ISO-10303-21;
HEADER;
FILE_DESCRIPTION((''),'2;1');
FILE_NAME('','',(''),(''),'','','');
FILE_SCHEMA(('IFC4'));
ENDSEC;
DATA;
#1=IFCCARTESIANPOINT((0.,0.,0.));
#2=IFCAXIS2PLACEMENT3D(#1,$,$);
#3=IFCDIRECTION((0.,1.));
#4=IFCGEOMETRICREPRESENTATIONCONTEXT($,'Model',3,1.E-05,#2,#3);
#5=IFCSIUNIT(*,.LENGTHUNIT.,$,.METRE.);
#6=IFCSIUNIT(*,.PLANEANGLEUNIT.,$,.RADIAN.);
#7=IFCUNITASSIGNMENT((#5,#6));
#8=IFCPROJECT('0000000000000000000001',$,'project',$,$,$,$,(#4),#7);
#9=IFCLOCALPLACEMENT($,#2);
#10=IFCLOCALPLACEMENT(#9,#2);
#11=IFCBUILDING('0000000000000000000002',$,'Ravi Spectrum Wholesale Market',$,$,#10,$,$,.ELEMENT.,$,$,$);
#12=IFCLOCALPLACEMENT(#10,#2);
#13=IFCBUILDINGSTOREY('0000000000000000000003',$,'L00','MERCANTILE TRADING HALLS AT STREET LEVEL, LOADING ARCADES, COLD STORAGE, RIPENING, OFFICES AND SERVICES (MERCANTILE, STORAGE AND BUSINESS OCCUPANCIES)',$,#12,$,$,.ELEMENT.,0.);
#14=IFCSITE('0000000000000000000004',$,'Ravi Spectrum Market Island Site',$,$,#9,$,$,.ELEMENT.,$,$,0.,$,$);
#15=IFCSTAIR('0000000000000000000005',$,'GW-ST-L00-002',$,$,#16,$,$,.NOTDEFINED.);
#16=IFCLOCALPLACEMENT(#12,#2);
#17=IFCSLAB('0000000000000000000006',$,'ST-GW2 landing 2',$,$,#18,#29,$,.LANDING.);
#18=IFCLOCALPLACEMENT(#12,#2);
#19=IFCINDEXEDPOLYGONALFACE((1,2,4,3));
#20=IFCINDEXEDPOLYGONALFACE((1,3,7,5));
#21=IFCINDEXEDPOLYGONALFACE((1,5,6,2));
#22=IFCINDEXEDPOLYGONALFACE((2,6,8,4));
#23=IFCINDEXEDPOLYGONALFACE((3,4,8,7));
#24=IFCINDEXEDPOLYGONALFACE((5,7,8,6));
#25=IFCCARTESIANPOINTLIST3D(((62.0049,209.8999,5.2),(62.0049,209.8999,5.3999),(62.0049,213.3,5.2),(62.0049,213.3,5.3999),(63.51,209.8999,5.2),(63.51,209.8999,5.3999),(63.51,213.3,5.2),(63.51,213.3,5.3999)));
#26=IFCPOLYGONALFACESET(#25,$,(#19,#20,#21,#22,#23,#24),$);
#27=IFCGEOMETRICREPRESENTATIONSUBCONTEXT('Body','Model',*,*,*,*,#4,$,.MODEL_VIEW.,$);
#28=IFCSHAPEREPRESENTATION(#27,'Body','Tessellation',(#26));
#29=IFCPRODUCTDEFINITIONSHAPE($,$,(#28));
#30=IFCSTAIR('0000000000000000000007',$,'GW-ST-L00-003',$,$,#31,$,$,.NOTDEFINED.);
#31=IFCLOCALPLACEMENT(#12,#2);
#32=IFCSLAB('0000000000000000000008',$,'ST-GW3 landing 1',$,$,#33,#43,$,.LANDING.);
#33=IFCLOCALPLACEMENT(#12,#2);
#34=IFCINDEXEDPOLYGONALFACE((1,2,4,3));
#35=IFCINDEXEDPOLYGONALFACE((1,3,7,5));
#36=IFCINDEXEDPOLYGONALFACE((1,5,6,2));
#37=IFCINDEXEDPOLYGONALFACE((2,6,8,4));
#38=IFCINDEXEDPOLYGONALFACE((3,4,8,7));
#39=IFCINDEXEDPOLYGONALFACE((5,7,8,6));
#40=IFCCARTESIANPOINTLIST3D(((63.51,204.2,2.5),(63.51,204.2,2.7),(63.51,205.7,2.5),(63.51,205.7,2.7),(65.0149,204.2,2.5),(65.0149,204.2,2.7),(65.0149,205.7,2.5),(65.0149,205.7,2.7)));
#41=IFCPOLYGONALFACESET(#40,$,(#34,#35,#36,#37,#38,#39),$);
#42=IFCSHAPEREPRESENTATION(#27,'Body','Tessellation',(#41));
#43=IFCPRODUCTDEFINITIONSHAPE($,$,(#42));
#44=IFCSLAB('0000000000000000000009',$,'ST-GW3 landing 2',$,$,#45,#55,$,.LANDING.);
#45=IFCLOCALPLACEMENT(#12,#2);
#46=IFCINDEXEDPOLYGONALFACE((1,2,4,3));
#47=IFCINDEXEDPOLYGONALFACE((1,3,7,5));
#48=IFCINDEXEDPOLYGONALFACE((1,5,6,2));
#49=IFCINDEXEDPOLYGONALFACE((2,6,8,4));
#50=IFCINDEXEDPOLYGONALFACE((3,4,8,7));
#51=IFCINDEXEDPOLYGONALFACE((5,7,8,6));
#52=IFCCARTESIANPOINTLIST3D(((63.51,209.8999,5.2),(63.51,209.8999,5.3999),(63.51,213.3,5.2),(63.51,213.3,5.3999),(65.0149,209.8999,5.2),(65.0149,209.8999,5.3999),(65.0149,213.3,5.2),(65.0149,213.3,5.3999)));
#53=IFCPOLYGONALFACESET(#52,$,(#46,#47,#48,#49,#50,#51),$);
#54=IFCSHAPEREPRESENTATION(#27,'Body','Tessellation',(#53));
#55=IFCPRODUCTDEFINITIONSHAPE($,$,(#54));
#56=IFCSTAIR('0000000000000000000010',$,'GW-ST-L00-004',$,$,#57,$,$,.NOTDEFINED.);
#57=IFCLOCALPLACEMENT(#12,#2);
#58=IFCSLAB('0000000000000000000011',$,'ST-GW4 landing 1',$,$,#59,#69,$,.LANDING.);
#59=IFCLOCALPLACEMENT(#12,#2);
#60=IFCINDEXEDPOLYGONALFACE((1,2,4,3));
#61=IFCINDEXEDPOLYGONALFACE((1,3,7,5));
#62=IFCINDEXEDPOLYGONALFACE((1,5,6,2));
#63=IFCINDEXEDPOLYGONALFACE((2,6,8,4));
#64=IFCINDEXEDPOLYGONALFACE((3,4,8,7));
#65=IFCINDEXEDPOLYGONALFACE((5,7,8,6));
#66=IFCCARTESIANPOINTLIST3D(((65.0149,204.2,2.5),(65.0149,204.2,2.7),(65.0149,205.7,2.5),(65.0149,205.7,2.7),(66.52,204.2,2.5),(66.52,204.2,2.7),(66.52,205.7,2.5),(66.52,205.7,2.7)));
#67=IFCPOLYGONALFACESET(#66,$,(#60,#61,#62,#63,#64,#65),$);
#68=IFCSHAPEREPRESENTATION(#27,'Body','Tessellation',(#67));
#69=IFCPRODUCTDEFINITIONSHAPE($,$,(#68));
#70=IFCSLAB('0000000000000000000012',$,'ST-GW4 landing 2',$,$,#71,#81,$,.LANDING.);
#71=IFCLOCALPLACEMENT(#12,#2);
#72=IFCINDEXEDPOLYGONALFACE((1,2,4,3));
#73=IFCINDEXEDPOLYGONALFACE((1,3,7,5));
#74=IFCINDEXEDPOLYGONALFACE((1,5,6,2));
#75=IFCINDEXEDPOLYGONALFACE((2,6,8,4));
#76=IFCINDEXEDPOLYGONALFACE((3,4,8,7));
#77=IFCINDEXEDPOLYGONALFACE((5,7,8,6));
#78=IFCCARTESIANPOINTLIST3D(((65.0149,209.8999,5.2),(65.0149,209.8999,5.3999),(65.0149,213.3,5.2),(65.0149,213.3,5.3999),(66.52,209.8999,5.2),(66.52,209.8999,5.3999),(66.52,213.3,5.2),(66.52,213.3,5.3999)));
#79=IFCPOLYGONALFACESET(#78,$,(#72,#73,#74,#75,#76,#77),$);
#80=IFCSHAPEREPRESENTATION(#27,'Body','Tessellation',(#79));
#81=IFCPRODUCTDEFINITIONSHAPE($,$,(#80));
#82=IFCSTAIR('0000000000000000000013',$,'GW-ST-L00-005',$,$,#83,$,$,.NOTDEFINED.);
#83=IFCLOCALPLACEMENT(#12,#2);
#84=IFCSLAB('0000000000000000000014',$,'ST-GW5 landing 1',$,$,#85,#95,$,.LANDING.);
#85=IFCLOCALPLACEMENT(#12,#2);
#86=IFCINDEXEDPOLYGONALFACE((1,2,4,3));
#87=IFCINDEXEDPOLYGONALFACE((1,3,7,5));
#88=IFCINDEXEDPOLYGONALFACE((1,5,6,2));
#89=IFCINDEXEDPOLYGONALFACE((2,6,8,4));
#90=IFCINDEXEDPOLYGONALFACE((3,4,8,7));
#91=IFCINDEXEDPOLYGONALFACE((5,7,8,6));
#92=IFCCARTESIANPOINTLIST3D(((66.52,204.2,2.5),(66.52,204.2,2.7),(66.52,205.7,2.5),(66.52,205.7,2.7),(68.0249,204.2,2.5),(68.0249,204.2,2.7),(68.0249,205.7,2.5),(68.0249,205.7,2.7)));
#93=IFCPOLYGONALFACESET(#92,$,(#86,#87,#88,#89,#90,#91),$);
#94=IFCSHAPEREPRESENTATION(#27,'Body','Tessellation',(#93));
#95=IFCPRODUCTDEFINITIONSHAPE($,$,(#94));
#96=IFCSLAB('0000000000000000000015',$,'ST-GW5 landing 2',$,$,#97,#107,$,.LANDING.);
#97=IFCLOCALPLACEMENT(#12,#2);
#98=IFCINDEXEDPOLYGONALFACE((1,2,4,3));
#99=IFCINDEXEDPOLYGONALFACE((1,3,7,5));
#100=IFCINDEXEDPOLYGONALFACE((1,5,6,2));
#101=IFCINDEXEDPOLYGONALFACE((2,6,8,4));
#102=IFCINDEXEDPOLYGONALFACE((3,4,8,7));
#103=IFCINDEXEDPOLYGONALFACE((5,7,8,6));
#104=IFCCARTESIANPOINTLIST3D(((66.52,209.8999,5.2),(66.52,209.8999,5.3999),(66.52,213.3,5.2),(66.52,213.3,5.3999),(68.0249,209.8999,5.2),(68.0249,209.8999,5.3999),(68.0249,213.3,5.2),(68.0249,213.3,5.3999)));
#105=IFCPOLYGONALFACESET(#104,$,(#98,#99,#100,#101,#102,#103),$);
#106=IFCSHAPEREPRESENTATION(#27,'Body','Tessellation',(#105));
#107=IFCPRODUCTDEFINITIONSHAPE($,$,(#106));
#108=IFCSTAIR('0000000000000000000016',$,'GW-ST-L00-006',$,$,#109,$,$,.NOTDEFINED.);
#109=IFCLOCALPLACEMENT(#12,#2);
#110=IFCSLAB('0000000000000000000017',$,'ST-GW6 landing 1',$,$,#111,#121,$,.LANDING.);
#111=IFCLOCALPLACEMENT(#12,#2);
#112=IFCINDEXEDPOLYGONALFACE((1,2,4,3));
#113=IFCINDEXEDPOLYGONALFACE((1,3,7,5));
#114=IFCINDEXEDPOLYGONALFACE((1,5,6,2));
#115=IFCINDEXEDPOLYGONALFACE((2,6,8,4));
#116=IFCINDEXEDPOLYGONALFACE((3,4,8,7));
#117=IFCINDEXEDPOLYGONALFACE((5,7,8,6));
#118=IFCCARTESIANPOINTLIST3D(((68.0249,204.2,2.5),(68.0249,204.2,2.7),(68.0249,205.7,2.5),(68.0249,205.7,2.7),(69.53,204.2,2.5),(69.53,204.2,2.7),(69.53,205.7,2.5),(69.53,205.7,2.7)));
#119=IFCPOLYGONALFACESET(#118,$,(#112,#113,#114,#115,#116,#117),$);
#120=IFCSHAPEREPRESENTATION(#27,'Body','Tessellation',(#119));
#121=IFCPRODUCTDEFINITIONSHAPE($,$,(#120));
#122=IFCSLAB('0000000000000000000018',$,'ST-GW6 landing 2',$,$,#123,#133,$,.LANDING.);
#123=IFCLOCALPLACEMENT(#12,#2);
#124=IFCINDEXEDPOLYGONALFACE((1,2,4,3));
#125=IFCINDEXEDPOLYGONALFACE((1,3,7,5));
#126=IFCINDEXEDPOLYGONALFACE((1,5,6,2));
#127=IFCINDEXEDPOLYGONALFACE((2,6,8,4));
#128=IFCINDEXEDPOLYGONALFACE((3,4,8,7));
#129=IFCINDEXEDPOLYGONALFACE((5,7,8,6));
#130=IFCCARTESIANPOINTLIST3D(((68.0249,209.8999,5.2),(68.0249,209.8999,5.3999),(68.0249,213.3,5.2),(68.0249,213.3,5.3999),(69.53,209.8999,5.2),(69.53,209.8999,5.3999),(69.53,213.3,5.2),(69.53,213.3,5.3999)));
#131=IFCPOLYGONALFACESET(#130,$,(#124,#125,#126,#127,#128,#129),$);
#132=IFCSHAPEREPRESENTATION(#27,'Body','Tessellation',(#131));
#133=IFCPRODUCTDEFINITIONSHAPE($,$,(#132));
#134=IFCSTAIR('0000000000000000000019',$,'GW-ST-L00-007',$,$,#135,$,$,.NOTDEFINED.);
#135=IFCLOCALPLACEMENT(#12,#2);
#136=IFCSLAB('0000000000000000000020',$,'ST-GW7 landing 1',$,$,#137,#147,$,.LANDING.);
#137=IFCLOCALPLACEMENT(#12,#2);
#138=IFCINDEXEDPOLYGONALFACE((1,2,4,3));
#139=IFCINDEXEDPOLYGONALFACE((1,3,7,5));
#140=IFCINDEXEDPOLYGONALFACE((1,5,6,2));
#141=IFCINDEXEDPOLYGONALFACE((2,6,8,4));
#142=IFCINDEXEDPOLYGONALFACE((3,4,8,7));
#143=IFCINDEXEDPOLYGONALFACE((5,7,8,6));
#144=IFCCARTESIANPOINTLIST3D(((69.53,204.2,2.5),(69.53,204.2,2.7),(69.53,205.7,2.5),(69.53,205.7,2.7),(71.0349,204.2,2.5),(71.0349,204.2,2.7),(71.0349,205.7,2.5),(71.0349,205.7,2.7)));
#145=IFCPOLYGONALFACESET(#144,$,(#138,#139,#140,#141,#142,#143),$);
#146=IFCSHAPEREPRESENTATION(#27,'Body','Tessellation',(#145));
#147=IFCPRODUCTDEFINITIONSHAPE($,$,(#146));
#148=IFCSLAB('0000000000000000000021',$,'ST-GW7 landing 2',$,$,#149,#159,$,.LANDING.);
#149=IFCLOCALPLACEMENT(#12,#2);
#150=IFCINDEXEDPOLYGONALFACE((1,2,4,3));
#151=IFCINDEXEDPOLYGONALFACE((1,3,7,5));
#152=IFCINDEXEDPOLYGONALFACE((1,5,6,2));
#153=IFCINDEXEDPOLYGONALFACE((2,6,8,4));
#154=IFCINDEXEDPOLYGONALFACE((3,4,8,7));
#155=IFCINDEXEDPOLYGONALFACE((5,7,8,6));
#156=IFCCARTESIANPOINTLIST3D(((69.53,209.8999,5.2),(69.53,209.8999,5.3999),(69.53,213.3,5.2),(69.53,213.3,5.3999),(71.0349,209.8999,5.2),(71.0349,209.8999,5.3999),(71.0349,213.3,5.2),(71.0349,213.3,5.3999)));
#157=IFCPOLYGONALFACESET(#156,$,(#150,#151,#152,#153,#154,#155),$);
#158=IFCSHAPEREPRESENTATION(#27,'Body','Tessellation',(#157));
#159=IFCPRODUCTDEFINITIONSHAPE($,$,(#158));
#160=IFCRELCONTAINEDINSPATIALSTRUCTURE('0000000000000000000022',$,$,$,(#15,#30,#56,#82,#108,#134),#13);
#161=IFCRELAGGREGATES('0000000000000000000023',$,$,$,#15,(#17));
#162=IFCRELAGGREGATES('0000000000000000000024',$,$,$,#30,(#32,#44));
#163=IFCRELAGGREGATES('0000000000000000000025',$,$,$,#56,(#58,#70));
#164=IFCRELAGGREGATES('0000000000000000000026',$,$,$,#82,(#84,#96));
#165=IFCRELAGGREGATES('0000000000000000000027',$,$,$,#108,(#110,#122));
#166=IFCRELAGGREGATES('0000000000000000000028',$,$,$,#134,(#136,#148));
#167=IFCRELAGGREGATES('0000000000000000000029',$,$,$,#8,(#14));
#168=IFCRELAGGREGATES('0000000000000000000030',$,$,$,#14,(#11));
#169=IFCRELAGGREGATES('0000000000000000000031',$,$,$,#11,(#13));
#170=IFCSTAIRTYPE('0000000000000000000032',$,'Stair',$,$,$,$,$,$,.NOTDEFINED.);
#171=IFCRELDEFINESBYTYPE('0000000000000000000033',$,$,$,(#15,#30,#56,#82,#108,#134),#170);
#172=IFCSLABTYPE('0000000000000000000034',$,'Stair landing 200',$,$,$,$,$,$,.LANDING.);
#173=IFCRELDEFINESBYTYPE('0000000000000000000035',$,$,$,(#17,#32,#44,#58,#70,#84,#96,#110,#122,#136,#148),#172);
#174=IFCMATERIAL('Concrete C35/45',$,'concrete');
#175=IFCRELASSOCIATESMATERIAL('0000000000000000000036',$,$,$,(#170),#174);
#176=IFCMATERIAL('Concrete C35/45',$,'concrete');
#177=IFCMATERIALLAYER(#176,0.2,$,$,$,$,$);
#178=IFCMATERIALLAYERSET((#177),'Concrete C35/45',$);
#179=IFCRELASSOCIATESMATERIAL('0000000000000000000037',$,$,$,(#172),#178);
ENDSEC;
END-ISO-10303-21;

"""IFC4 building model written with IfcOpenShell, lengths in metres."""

from ifc_helpers import new_model, si_unit, direction, frame, origin, place, context, subcontext, project, spatial, polyline, outline, extrude, material, layer, layer_set, type_object, element, aggregate, save


model = new_model("IFC4")

# Units and contexts
model_context = context("Model", 3, precision=1e-05, world=origin(), true_north=direction((0.0, 1.0)))
body_context = subcontext(model_context, "Body", "Model", "MODEL_VIEW")
ifc_project = project(units=[si_unit("LENGTHUNIT", "METRE"), si_unit("PLANEANGLEUNIT", "RADIAN")], contexts=[model_context])

# Site, building, storey
site_placement = place(None, origin())
site = spatial("IfcSite", under=ifc_project, at=site_placement, Name="Ravi Spectrum Market Island Site", CompositionType="ELEMENT", RefElevation=0.0)
building_placement = place(site_placement, origin())
building = spatial("IfcBuilding", under=site, at=building_placement, Name="Ravi Spectrum Wholesale Market", CompositionType="ELEMENT")
storey_placement = place(building_placement, origin())
storey = spatial("IfcBuildingStorey", under=building, at=storey_placement, Name="L00", Description="MERCANTILE TRADING HALLS AT STREET LEVEL, LOADING ARCADES, COLD STORAGE, RIPENING, OFFICES AND SERVICES (MERCANTILE, STORAGE AND BUSINESS OCCUPANCIES)", CompositionType="ELEMENT", Elevation=0.0)

# Stairs, slabs
ifc_material_1 = material(Name="Concrete C35/45", Category="concrete")
stair_type = type_object("IfcStairType", Name="Stair", PredefinedType="NOTDEFINED", material=ifc_material_1)
ifc_material_2 = material(Name="Concrete C35/45", Category="concrete")
ifc_layer_1 = layer(ifc_material_2, 0.2)
ifc_layer_set_1 = layer_set([ifc_layer_1], Name="Concrete C35/45")
slab_type_1 = type_object("IfcSlabType", Name="Stair landing 200", PredefinedType="LANDING", material=ifc_layer_set_1)
stair_1_placement = place(storey_placement, origin())
stair_1 = element("IfcStair", 1, at=stair_1_placement, inside=storey, type_object=stair_type, Name="GW-ST-L00-002", PredefinedType="NOTDEFINED")
slab_1_placement = place(storey_placement, frame((0.0, 0.0, 5.2)))
slab_1 = element("IfcSlab", 2, at=slab_1_placement, type_object=slab_type_1, Name="ST-GW2 landing 2", PredefinedType="LANDING", context=body_context, shape_type="SweptSolid", body=[
    extrude(outline(polyline([(62.0049, 209.8999), (63.51, 209.8999), (63.51, 213.3), (62.0049, 213.3), (62.0049, 209.8999)])), origin(), (0.0, 0.0, 1.0), 0.2),
])
aggregate(stair_1, [slab_1])
stair_2_placement = place(storey_placement, origin())
stair_2 = element("IfcStair", 3, at=stair_2_placement, inside=storey, type_object=stair_type, Name="GW-ST-L00-003", PredefinedType="NOTDEFINED")
slab_2_placement = place(storey_placement, frame((0.0, 0.0, 2.5)))
slab_2 = element("IfcSlab", 4, at=slab_2_placement, type_object=slab_type_1, Name="ST-GW3 landing 1", PredefinedType="LANDING", context=body_context, shape_type="SweptSolid", body=[
    extrude(outline(polyline([(63.51, 204.2), (65.0149, 204.2), (65.0149, 205.7), (63.51, 205.7), (63.51, 204.2)])), origin(), (0.0, 0.0, 1.0), 0.2),
])
slab_3_placement = place(storey_placement, frame((0.0, 0.0, 5.2)))
slab_3 = element("IfcSlab", 5, at=slab_3_placement, type_object=slab_type_1, Name="ST-GW3 landing 2", PredefinedType="LANDING", context=body_context, shape_type="SweptSolid", body=[
    extrude(outline(polyline([(63.51, 209.8999), (65.0149, 209.8999), (65.0149, 213.3), (63.51, 213.3), (63.51, 209.8999)])), origin(), (0.0, 0.0, 1.0), 0.2),
])
aggregate(stair_2, [slab_2, slab_3])
stair_3_placement = place(storey_placement, origin())
stair_3 = element("IfcStair", 6, at=stair_3_placement, inside=storey, type_object=stair_type, Name="GW-ST-L00-004", PredefinedType="NOTDEFINED")
slab_4_placement = place(storey_placement, frame((0.0, 0.0, 2.5)))
slab_4 = element("IfcSlab", 7, at=slab_4_placement, type_object=slab_type_1, Name="ST-GW4 landing 1", PredefinedType="LANDING", context=body_context, shape_type="SweptSolid", body=[
    extrude(outline(polyline([(65.0149, 204.2), (66.52, 204.2), (66.52, 205.7), (65.0149, 205.7), (65.0149, 204.2)])), origin(), (0.0, 0.0, 1.0), 0.2),
])
slab_5_placement = place(storey_placement, frame((0.0, 0.0, 5.2)))
slab_5 = element("IfcSlab", 8, at=slab_5_placement, type_object=slab_type_1, Name="ST-GW4 landing 2", PredefinedType="LANDING", context=body_context, shape_type="SweptSolid", body=[
    extrude(outline(polyline([(65.0149, 209.8999), (66.52, 209.8999), (66.52, 213.3), (65.0149, 213.3), (65.0149, 209.8999)])), origin(), (0.0, 0.0, 1.0), 0.2),
])
aggregate(stair_3, [slab_4, slab_5])
stair_4_placement = place(storey_placement, origin())
stair_4 = element("IfcStair", 9, at=stair_4_placement, inside=storey, type_object=stair_type, Name="GW-ST-L00-005", PredefinedType="NOTDEFINED")
slab_6_placement = place(storey_placement, frame((0.0, 0.0, 2.5)))
slab_6 = element("IfcSlab", 10, at=slab_6_placement, type_object=slab_type_1, Name="ST-GW5 landing 1", PredefinedType="LANDING", context=body_context, shape_type="SweptSolid", body=[
    extrude(outline(polyline([(66.52, 204.2), (68.0249, 204.2), (68.0249, 205.7), (66.52, 205.7), (66.52, 204.2)])), origin(), (0.0, 0.0, 1.0), 0.2),
])
slab_7_placement = place(storey_placement, frame((0.0, 0.0, 5.2)))
slab_7 = element("IfcSlab", 11, at=slab_7_placement, type_object=slab_type_1, Name="ST-GW5 landing 2", PredefinedType="LANDING", context=body_context, shape_type="SweptSolid", body=[
    extrude(outline(polyline([(66.52, 209.8999), (68.0249, 209.8999), (68.0249, 213.3), (66.52, 213.3), (66.52, 209.8999)])), origin(), (0.0, 0.0, 1.0), 0.2),
])
aggregate(stair_4, [slab_6, slab_7])
stair_5_placement = place(storey_placement, origin())
stair_5 = element("IfcStair", 12, at=stair_5_placement, inside=storey, type_object=stair_type, Name="GW-ST-L00-006", PredefinedType="NOTDEFINED")
slab_8_placement = place(storey_placement, frame((0.0, 0.0, 2.5)))
slab_8 = element("IfcSlab", 13, at=slab_8_placement, type_object=slab_type_1, Name="ST-GW6 landing 1", PredefinedType="LANDING", context=body_context, shape_type="SweptSolid", body=[
    extrude(outline(polyline([(68.0249, 204.2), (69.53, 204.2), (69.53, 205.7), (68.0249, 205.7), (68.0249, 204.2)])), origin(), (0.0, 0.0, 1.0), 0.2),
])
slab_9_placement = place(storey_placement, frame((0.0, 0.0, 5.2)))
slab_9 = element("IfcSlab", 14, at=slab_9_placement, type_object=slab_type_1, Name="ST-GW6 landing 2", PredefinedType="LANDING", context=body_context, shape_type="SweptSolid", body=[
    extrude(outline(polyline([(68.0249, 209.8999), (69.53, 209.8999), (69.53, 213.3), (68.0249, 213.3), (68.0249, 209.8999)])), origin(), (0.0, 0.0, 1.0), 0.2),
])
aggregate(stair_5, [slab_8, slab_9])
stair_6_placement = place(storey_placement, origin())
stair_6 = element("IfcStair", 15, at=stair_6_placement, inside=storey, type_object=stair_type, Name="GW-ST-L00-007", PredefinedType="NOTDEFINED")
slab_10_placement = place(storey_placement, frame((0.0, 0.0, 2.5)))
slab_10 = element("IfcSlab", 16, at=slab_10_placement, type_object=slab_type_1, Name="ST-GW7 landing 1", PredefinedType="LANDING", context=body_context, shape_type="SweptSolid", body=[
    extrude(outline(polyline([(69.53, 204.2), (71.0349, 204.2), (71.0349, 205.7), (69.53, 205.7), (69.53, 204.2)])), origin(), (0.0, 0.0, 1.0), 0.2),
])
slab_11_placement = place(storey_placement, frame((0.0, 0.0, 5.2)))
slab_11 = element("IfcSlab", 17, at=slab_11_placement, type_object=slab_type_1, Name="ST-GW7 landing 2", PredefinedType="LANDING", context=body_context, shape_type="SweptSolid", body=[
    extrude(outline(polyline([(69.53, 209.8999), (71.0349, 209.8999), (71.0349, 213.3), (69.53, 213.3), (69.53, 209.8999)])), origin(), (0.0, 0.0, 1.0), 0.2),
])
aggregate(stair_6, [slab_10, slab_11])

save(model, "model.ifc")
